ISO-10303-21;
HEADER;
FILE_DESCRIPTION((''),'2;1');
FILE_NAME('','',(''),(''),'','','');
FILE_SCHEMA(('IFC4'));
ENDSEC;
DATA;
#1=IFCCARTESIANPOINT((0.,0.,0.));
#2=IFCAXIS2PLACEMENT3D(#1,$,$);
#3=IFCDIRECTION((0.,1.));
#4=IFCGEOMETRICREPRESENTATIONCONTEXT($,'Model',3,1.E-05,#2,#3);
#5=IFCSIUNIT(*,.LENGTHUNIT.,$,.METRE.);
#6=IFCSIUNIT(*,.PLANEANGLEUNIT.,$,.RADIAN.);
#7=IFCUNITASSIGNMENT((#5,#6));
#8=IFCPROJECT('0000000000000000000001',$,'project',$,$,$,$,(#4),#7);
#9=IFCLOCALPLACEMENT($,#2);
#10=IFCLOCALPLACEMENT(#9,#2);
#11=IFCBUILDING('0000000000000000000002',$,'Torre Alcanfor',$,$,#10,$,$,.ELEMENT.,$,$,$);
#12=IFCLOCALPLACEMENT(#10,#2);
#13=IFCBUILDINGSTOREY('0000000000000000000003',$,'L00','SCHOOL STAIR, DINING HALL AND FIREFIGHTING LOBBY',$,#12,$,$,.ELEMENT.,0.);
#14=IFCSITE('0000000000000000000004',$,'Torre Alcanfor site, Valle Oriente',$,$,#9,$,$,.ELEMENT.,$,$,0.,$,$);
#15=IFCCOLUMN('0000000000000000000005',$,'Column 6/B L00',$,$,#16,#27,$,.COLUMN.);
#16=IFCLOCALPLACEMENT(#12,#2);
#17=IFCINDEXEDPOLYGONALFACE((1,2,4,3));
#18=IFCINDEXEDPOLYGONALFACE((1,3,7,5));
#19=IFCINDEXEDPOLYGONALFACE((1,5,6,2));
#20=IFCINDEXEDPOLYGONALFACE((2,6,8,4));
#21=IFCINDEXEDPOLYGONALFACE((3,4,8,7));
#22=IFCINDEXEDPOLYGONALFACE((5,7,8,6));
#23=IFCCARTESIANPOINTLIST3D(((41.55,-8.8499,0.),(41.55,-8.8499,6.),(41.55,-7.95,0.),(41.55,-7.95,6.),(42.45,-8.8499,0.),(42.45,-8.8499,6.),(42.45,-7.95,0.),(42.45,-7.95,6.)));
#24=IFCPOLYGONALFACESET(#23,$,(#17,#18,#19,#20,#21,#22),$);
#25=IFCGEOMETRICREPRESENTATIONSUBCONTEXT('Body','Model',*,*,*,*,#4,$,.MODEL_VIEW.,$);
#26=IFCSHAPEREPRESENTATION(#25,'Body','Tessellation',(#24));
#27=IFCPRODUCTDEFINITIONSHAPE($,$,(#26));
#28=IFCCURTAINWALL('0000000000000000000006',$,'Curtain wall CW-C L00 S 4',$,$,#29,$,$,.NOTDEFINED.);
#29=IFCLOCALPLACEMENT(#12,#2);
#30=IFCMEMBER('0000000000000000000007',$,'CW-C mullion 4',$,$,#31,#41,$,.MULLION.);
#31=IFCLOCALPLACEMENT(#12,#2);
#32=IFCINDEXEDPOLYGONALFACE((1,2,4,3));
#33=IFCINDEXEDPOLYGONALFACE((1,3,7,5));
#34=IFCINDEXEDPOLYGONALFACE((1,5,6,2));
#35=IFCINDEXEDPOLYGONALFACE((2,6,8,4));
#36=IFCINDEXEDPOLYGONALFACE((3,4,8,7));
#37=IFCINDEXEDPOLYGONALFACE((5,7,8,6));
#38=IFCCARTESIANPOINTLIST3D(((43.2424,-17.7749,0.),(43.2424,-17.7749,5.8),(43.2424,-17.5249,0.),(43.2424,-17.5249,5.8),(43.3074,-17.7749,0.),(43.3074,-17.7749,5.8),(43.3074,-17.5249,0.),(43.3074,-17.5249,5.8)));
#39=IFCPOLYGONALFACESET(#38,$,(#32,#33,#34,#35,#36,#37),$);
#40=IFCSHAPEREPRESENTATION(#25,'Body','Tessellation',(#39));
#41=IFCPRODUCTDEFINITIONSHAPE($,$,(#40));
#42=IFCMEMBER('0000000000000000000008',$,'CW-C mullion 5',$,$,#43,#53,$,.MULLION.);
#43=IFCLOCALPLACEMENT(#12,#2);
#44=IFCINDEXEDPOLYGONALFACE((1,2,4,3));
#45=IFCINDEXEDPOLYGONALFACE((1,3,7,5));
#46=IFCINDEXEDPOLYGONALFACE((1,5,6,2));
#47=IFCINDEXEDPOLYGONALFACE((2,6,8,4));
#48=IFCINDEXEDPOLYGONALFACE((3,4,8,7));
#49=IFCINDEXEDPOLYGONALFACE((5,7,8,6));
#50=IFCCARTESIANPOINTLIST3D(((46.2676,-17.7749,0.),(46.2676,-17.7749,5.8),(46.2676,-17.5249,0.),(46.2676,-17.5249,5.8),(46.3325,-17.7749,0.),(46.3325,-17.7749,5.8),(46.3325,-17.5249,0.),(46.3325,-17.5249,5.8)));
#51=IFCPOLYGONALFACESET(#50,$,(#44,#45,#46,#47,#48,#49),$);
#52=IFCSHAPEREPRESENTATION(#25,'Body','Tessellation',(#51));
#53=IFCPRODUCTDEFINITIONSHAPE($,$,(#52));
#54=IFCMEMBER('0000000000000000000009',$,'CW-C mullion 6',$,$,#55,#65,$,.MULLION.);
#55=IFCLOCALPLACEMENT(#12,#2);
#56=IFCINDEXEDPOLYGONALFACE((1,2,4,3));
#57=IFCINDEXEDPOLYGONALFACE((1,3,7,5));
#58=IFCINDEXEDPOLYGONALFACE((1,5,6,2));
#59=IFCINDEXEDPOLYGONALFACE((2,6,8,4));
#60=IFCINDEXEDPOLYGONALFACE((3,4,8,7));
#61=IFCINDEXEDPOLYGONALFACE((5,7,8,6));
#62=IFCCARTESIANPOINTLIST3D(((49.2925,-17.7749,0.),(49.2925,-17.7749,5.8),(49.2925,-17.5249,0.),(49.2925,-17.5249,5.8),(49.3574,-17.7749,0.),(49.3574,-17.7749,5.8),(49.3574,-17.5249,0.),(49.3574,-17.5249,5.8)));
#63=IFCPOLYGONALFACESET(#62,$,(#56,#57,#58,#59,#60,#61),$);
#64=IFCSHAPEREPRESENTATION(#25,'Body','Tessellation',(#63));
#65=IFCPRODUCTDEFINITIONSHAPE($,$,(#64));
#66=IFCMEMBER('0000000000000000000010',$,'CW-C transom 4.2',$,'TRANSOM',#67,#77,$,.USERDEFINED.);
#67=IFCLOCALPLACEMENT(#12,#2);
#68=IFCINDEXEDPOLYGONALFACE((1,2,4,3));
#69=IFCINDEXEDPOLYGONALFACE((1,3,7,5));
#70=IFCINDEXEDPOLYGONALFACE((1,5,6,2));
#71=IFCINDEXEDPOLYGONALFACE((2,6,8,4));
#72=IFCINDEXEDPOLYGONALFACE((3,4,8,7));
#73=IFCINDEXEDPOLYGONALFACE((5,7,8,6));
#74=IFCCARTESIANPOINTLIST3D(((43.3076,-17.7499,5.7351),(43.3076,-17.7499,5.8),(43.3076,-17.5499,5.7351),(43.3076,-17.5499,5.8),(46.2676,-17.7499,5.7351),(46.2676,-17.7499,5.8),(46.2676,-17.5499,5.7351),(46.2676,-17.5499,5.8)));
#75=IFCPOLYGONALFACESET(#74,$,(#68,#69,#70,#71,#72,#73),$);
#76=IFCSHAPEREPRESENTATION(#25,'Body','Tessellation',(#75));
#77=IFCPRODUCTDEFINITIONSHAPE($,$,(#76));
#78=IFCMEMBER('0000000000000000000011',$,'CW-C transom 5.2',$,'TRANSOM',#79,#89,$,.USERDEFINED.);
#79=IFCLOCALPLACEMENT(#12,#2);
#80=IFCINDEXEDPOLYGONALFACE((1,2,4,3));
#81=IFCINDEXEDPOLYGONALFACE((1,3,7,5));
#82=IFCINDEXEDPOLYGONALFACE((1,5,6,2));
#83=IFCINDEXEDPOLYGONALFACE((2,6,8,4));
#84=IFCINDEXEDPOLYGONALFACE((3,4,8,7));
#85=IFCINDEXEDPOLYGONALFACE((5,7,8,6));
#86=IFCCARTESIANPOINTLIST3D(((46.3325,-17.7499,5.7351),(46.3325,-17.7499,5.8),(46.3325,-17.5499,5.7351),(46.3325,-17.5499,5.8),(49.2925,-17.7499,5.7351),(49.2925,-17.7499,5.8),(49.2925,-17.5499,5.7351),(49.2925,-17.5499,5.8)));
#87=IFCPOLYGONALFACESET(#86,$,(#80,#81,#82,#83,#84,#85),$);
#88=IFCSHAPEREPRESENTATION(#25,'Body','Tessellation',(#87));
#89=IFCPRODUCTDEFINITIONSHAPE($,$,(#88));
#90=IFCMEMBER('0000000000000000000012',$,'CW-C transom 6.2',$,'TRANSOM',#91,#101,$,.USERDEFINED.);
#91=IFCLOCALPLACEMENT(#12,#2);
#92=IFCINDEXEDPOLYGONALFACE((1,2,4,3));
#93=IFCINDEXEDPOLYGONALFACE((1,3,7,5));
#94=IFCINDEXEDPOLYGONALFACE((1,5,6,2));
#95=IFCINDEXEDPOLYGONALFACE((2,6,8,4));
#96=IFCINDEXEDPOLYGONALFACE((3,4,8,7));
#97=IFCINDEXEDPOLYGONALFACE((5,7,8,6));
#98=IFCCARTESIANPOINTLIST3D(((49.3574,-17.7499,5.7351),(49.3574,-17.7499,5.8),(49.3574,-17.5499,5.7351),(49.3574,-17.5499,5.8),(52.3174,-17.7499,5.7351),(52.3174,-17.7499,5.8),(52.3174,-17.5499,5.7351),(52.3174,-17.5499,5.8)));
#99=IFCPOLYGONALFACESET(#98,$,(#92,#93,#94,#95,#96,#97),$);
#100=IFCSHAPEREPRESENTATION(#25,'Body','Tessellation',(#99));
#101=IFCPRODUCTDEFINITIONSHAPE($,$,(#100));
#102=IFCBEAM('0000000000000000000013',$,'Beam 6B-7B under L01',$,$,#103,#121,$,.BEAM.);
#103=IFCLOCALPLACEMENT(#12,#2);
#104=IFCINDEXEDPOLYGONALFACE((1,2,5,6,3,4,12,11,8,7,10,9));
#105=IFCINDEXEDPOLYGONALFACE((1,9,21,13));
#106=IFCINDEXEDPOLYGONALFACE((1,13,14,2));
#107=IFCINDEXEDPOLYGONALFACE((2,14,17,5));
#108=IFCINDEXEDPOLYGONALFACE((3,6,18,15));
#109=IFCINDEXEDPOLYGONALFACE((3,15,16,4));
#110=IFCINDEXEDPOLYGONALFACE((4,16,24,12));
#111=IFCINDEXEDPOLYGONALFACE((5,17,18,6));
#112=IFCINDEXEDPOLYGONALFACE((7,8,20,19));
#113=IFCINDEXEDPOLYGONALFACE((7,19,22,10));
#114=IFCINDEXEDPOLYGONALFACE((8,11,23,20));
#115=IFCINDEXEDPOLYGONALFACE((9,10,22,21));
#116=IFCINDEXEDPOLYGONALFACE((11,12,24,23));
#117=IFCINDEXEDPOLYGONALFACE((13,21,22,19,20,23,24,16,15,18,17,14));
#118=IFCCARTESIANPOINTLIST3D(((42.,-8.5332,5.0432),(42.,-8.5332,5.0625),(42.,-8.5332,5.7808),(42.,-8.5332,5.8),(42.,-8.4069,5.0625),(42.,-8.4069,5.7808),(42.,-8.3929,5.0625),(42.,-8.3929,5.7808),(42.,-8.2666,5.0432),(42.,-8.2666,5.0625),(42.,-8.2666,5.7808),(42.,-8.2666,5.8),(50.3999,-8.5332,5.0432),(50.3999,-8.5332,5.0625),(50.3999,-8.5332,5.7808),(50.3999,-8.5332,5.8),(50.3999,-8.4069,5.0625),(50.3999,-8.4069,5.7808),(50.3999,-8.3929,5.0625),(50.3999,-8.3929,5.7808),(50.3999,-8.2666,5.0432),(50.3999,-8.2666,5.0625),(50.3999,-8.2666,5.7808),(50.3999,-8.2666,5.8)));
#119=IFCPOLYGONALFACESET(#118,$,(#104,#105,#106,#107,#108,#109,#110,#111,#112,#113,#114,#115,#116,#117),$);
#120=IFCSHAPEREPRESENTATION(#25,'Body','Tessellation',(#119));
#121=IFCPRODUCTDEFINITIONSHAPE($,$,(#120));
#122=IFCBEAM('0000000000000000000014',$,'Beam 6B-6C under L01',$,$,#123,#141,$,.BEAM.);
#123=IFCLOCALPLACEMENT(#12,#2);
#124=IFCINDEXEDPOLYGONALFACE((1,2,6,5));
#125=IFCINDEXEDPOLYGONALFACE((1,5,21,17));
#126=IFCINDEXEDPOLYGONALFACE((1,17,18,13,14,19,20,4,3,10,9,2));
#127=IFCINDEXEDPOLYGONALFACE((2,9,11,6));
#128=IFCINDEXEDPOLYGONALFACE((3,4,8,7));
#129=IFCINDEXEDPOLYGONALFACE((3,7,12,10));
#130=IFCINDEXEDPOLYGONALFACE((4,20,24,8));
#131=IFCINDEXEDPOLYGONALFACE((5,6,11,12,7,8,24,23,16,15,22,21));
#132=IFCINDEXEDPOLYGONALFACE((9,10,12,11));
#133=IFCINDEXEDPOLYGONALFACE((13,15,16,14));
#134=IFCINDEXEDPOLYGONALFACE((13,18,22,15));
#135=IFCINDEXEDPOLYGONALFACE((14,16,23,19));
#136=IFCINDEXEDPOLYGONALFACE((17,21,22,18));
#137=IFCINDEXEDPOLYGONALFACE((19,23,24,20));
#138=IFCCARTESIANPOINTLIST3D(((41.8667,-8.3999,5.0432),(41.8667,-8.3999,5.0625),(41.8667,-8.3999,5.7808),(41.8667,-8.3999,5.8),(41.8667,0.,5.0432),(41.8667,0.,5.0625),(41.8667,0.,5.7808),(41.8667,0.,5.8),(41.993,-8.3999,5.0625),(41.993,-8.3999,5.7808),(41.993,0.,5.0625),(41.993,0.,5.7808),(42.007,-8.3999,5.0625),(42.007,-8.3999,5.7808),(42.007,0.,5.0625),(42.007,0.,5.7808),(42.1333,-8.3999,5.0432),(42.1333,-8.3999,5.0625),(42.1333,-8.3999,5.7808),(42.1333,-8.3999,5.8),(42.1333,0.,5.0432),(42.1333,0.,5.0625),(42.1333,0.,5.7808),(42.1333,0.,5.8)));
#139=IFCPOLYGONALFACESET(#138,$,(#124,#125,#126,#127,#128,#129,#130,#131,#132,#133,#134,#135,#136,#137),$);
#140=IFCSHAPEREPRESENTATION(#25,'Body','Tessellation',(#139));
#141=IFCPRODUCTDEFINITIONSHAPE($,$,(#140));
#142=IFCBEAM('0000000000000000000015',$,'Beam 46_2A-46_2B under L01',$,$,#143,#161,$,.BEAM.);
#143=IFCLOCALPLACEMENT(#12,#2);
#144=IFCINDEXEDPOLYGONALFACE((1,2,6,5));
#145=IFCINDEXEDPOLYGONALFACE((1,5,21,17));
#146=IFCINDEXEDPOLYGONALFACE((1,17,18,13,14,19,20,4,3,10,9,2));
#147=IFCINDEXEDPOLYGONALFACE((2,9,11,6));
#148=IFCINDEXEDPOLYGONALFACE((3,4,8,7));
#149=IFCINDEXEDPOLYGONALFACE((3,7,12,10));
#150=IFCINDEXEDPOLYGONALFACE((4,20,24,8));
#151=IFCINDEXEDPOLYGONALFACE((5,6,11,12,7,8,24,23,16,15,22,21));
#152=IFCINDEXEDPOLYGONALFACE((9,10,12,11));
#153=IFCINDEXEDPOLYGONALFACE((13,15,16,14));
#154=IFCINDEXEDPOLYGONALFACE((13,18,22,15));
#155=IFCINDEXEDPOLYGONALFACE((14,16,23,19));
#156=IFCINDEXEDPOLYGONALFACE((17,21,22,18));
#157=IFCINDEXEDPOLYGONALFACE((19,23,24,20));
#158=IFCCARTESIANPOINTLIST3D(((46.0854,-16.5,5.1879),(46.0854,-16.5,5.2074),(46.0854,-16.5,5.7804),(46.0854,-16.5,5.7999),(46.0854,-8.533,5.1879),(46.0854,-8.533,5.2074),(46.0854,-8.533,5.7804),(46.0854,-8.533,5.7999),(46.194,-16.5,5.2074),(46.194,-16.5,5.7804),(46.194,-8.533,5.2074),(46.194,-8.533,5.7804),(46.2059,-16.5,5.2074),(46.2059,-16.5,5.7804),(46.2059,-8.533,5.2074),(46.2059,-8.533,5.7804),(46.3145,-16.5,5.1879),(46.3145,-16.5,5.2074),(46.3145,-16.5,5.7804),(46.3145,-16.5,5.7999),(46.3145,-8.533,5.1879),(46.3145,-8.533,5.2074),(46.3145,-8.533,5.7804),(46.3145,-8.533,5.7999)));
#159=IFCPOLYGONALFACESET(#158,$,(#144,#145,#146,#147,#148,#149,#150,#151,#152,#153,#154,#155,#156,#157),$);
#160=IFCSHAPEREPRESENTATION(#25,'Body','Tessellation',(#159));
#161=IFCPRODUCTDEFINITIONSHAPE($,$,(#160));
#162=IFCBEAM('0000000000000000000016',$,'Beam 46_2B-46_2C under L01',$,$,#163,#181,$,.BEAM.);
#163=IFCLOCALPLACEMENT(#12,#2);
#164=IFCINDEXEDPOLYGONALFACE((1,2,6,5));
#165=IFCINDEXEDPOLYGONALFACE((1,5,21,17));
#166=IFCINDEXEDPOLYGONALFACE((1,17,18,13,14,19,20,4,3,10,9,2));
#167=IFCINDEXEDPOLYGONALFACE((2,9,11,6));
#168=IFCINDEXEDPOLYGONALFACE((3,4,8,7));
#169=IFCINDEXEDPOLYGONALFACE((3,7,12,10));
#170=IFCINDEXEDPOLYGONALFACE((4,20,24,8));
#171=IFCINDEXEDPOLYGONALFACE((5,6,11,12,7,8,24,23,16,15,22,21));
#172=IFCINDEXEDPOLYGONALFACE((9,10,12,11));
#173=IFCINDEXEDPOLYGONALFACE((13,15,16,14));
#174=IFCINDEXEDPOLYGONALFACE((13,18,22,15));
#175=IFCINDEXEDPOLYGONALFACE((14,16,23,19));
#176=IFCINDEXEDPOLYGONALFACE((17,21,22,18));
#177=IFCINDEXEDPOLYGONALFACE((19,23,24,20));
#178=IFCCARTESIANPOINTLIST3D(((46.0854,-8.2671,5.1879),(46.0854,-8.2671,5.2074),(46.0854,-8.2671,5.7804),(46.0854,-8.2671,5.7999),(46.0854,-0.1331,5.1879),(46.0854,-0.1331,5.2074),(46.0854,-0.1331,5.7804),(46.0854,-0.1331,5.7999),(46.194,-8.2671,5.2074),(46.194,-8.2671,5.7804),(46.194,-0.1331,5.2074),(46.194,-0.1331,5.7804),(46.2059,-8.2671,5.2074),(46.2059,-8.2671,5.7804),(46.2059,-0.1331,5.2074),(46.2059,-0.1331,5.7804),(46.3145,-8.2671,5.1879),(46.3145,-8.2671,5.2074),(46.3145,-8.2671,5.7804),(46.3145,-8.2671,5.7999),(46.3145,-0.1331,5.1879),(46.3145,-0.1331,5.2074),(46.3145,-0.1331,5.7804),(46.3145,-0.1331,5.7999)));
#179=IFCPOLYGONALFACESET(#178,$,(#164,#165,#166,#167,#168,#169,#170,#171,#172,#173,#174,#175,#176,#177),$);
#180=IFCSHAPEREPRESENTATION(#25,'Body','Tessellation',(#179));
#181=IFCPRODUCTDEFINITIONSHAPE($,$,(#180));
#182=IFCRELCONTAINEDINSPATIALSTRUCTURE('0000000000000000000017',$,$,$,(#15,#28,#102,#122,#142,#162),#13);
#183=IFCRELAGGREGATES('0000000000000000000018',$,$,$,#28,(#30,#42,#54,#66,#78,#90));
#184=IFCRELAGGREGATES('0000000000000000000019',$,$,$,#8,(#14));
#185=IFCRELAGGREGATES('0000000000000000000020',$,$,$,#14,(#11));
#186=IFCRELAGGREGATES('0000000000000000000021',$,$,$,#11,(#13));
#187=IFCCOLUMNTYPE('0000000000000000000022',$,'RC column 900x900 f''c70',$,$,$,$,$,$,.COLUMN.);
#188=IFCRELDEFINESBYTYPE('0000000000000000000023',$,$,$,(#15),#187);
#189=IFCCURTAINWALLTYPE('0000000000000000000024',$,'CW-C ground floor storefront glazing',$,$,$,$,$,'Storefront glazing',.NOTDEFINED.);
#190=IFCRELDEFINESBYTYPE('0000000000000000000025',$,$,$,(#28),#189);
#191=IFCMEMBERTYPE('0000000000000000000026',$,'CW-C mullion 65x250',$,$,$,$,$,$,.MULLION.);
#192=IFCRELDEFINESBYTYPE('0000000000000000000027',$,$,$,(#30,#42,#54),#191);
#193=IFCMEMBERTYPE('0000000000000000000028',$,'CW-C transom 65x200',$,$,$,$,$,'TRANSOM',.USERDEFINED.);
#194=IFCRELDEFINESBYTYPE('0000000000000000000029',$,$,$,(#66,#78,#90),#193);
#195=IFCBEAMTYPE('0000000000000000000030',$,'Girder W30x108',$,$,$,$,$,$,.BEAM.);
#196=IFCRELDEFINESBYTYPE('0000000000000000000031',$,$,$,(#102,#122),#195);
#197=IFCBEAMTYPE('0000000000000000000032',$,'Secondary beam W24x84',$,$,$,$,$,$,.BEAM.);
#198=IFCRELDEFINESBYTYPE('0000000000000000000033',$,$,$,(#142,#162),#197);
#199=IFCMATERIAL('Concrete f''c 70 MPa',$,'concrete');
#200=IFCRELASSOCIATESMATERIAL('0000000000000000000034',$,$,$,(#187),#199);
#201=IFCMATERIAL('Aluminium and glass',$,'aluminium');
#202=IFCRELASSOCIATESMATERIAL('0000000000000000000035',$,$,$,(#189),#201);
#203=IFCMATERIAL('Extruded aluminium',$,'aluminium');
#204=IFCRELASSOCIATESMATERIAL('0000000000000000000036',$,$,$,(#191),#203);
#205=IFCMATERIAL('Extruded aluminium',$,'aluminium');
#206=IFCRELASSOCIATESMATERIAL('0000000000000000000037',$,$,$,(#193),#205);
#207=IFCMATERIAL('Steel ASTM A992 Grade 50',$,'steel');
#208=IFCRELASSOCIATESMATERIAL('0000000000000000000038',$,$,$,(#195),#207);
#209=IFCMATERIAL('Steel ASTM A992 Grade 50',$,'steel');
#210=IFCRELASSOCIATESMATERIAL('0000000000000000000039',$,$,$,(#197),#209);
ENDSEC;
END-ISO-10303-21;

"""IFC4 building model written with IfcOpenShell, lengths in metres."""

from ifc_helpers import new_model, si_unit, direction, frame, origin, origin_2d, place, context, subcontext, project, spatial, rectangle, i_section, extrude, material, material_profile, profile_set, type_object, element, aggregate, save


model = new_model("IFC4")

# Units and contexts
model_context = context("Model", 3, precision=1e-05, world=origin(), true_north=direction((0.0, 1.0)))
body_context = subcontext(model_context, "Body", "Model", "MODEL_VIEW")
ifc_project = project(units=[si_unit("LENGTHUNIT", "METRE"), si_unit("PLANEANGLEUNIT", "RADIAN")], contexts=[model_context])

# Site, building, storey
site_placement = place(None, origin())
site = spatial("IfcSite", under=ifc_project, at=site_placement, Name="Torre Alcanfor site, Valle Oriente", CompositionType="ELEMENT", RefElevation=0.0)
building_placement = place(site_placement, origin())
building = spatial("IfcBuilding", under=site, at=building_placement, Name="Torre Alcanfor", CompositionType="ELEMENT")
storey_placement = place(building_placement, origin())
storey = spatial("IfcBuildingStorey", under=building, at=storey_placement, Name="L00", Description="SCHOOL STAIR, DINING HALL AND FIREFIGHTING LOBBY", CompositionType="ELEMENT", Elevation=0.0)

# Column
ifc_material_1 = material(Name="Concrete f'c 70 MPa", Category="concrete")
ifc_material_profile_1 = material_profile(ifc_material_1, rectangle(XDim=0.8999, YDim=0.8999, at=origin_2d()), Name="900x900")
ifc_profile_set_1 = profile_set([ifc_material_profile_1], Name="Concrete f'c 70 MPa")
column_type = type_object("IfcColumnType", Name="RC column 900x900 f'c70", PredefinedType="COLUMN", material=ifc_profile_set_1)
column_placement = place(storey_placement, frame((42.0, -8.3999, 0.0), z_axis=(0.0, 0.0, 1.0), x_axis=(1.0, 0.0, 0.0)))
element("IfcColumn", 1, at=column_placement, inside=storey, type_object=column_type, Name="Column 6/B L00", PredefinedType="COLUMN", context=body_context, shape_type="SweptSolid", body=[
    extrude(rectangle(XDim=0.8999, YDim=0.8999, at=origin_2d()), origin(), (0.0, 0.0, 1.0), 6.0),
])

# Curtain wall, members
ifc_material_2 = material(Name="Aluminium and glass", Category="aluminium")
curtain_wall_type = type_object("IfcCurtainWallType", Name="CW-C ground floor storefront glazing", ElementType="Storefront glazing", PredefinedType="NOTDEFINED", material=ifc_material_2)
curtain_wall_placement = place(storey_placement, origin())
curtain_wall = element("IfcCurtainWall", 2, at=curtain_wall_placement, inside=storey, type_object=curtain_wall_type, Name="Curtain wall CW-C L00 S 4", PredefinedType="NOTDEFINED")
ifc_material_3 = material(Name="Extruded aluminium", Category="aluminium")
ifc_material_profile_2 = material_profile(ifc_material_3, rectangle(XDim=0.25, YDim=0.0649, at=origin_2d()), Name="CW-C mullion 65x250")
ifc_profile_set_2 = profile_set([ifc_material_profile_2], Name="Extruded aluminium")
member_type_1 = type_object("IfcMemberType", Name="CW-C mullion 65x250", PredefinedType="MULLION", material=ifc_profile_set_2)
member_1_placement = place(storey_placement, frame((43.2749, -17.6499, 0.0), z_axis=(0.0, 0.0, 1.0), x_axis=(0.0, 1.0, 0.0)))
member_1 = element("IfcMember", 3, at=member_1_placement, type_object=member_type_1, Name="CW-C mullion 4", PredefinedType="MULLION", context=body_context, shape_type="SweptSolid", body=[
    extrude(rectangle(XDim=0.25, YDim=0.0649, at=origin_2d()), origin(), (0.0, 0.0, 1.0), 5.8),
])
member_2_placement = place(storey_placement, frame((46.3, -17.6499, 0.0), z_axis=(0.0, 0.0, 1.0), x_axis=(0.0, 1.0, 0.0)))
member_2 = element("IfcMember", 4, at=member_2_placement, type_object=member_type_1, Name="CW-C mullion 5", PredefinedType="MULLION", context=body_context, shape_type="SweptSolid", body=[
    extrude(rectangle(XDim=0.25, YDim=0.0649, at=origin_2d()), origin(), (0.0, 0.0, 1.0), 5.8),
])
member_3_placement = place(storey_placement, frame((49.325, -17.6499, 0.0), z_axis=(0.0, 0.0, 1.0), x_axis=(0.0, 1.0, 0.0)))
member_3 = element("IfcMember", 5, at=member_3_placement, type_object=member_type_1, Name="CW-C mullion 6", PredefinedType="MULLION", context=body_context, shape_type="SweptSolid", body=[
    extrude(rectangle(XDim=0.25, YDim=0.0649, at=origin_2d()), origin(), (0.0, 0.0, 1.0), 5.8),
])
ifc_material_4 = material(Name="Extruded aluminium", Category="aluminium")
ifc_material_profile_3 = material_profile(ifc_material_4, rectangle(XDim=0.2, YDim=0.0649, at=origin_2d()), Name="CW-C transom 200x65")
ifc_profile_set_3 = profile_set([ifc_material_profile_3], Name="Extruded aluminium")
member_type_2 = type_object("IfcMemberType", Name="CW-C transom 65x200", ElementType="TRANSOM", PredefinedType="USERDEFINED", material=ifc_profile_set_3)
member_4_placement = place(storey_placement, frame((43.3076, -17.6499, 5.7676), z_axis=(1.0, 0.0, 0.0), x_axis=(0.0, 1.0, 0.0)))
member_4 = element("IfcMember", 6, at=member_4_placement, type_object=member_type_2, Name="CW-C transom 4.2", ObjectType="TRANSOM", PredefinedType="USERDEFINED", context=body_context, shape_type="SweptSolid", body=[
    extrude(rectangle(XDim=0.2, YDim=0.0649, at=origin_2d()), origin(), (0.0, 0.0, 1.0), 2.96),
])
member_5_placement = place(storey_placement, frame((46.3325, -17.6499, 5.7676), z_axis=(1.0, 0.0, 0.0), x_axis=(0.0, 1.0, 0.0)))
member_5 = element("IfcMember", 7, at=member_5_placement, type_object=member_type_2, Name="CW-C transom 5.2", ObjectType="TRANSOM", PredefinedType="USERDEFINED", context=body_context, shape_type="SweptSolid", body=[
    extrude(rectangle(XDim=0.2, YDim=0.0649, at=origin_2d()), origin(), (0.0, 0.0, 1.0), 2.96),
])
member_6_placement = place(storey_placement, frame((49.3574, -17.6499, 5.7676), z_axis=(1.0, 0.0, 0.0), x_axis=(0.0, 1.0, 0.0)))
member_6 = element("IfcMember", 8, at=member_6_placement, type_object=member_type_2, Name="CW-C transom 6.2", ObjectType="TRANSOM", PredefinedType="USERDEFINED", context=body_context, shape_type="SweptSolid", body=[
    extrude(rectangle(XDim=0.2, YDim=0.0649, at=origin_2d()), origin(), (0.0, 0.0, 1.0), 2.96),
])

# Beams
ifc_material_5 = material(Name="Steel ASTM A992 Grade 50", Category="steel")
ifc_material_profile_4 = material_profile(ifc_material_5, i_section(OverallWidth=0.2666, OverallDepth=0.7568, WebThickness=0.0139, FlangeThickness=0.0193, at=origin_2d()), Name="W30x108")
ifc_profile_set_4 = profile_set([ifc_material_profile_4], Name="Steel ASTM A992 Grade 50")
beam_type_1 = type_object("IfcBeamType", Name="Girder W30x108", PredefinedType="BEAM", material=ifc_profile_set_4)
for number, where, z_axis, x_axis, name in (
    (9, (42.0, -8.3999, 5.4216), (1.0, 0.0, 0.0), (0.0, 1.0, 0.0), "Beam 6B-7B under L01"),
    (10, (42.0, -8.3999, 5.4216), (0.0, 1.0, 0.0), (-1.0, 0.0, 0.0), "Beam 6B-6C under L01"),
):
    element("IfcBeam", number, at=place(storey_placement, frame(where, z_axis=z_axis, x_axis=x_axis)), inside=storey, type_object=beam_type_1, Name=name, PredefinedType="BEAM", context=body_context, shape_type="SweptSolid", body=[
        extrude(i_section(OverallWidth=0.2666, OverallDepth=0.7568, WebThickness=0.0139, FlangeThickness=0.0193, at=origin_2d()), origin(), (0.0, 0.0, 1.0), 8.3999),
    ])
ifc_material_6 = material(Name="Steel ASTM A992 Grade 50", Category="steel")
ifc_material_profile_5 = material_profile(ifc_material_6, i_section(OverallWidth=0.229, OverallDepth=0.6121, WebThickness=0.012, FlangeThickness=0.0195, at=origin_2d()), Name="W24x84")
ifc_profile_set_5 = profile_set([ifc_material_profile_5], Name="Steel ASTM A992 Grade 50")
beam_type_2 = type_object("IfcBeamType", Name="Secondary beam W24x84", PredefinedType="BEAM", material=ifc_profile_set_5)
beam_1_placement = place(storey_placement, frame((46.2, -16.5, 5.4939), z_axis=(0.0, 1.0, 0.0), x_axis=(-1.0, 0.0, 0.0)))
element("IfcBeam", 11, at=beam_1_placement, inside=storey, type_object=beam_type_2, Name="Beam 46_2A-46_2B under L01", PredefinedType="BEAM", context=body_context, shape_type="SweptSolid", body=[
    extrude(i_section(OverallWidth=0.229, OverallDepth=0.6121, WebThickness=0.012, FlangeThickness=0.0195, at=origin_2d()), origin(), (0.0, 0.0, 1.0), 7.967),
])
beam_2_placement = place(storey_placement, frame((46.2, -8.2671, 5.4939), z_axis=(0.0, 1.0, 0.0), x_axis=(-1.0, 0.0, 0.0)))
element("IfcBeam", 12, at=beam_2_placement, inside=storey, type_object=beam_type_2, Name="Beam 46_2B-46_2C under L01", PredefinedType="BEAM", context=body_context, shape_type="SweptSolid", body=[
    extrude(i_section(OverallWidth=0.229, OverallDepth=0.6121, WebThickness=0.012, FlangeThickness=0.0195, at=origin_2d()), origin(), (0.0, 0.0, 1.0), 8.134),
])

aggregate(curtain_wall, [member_1, member_2, member_3, member_4, member_5, member_6])

save(model, "model.ifc")
